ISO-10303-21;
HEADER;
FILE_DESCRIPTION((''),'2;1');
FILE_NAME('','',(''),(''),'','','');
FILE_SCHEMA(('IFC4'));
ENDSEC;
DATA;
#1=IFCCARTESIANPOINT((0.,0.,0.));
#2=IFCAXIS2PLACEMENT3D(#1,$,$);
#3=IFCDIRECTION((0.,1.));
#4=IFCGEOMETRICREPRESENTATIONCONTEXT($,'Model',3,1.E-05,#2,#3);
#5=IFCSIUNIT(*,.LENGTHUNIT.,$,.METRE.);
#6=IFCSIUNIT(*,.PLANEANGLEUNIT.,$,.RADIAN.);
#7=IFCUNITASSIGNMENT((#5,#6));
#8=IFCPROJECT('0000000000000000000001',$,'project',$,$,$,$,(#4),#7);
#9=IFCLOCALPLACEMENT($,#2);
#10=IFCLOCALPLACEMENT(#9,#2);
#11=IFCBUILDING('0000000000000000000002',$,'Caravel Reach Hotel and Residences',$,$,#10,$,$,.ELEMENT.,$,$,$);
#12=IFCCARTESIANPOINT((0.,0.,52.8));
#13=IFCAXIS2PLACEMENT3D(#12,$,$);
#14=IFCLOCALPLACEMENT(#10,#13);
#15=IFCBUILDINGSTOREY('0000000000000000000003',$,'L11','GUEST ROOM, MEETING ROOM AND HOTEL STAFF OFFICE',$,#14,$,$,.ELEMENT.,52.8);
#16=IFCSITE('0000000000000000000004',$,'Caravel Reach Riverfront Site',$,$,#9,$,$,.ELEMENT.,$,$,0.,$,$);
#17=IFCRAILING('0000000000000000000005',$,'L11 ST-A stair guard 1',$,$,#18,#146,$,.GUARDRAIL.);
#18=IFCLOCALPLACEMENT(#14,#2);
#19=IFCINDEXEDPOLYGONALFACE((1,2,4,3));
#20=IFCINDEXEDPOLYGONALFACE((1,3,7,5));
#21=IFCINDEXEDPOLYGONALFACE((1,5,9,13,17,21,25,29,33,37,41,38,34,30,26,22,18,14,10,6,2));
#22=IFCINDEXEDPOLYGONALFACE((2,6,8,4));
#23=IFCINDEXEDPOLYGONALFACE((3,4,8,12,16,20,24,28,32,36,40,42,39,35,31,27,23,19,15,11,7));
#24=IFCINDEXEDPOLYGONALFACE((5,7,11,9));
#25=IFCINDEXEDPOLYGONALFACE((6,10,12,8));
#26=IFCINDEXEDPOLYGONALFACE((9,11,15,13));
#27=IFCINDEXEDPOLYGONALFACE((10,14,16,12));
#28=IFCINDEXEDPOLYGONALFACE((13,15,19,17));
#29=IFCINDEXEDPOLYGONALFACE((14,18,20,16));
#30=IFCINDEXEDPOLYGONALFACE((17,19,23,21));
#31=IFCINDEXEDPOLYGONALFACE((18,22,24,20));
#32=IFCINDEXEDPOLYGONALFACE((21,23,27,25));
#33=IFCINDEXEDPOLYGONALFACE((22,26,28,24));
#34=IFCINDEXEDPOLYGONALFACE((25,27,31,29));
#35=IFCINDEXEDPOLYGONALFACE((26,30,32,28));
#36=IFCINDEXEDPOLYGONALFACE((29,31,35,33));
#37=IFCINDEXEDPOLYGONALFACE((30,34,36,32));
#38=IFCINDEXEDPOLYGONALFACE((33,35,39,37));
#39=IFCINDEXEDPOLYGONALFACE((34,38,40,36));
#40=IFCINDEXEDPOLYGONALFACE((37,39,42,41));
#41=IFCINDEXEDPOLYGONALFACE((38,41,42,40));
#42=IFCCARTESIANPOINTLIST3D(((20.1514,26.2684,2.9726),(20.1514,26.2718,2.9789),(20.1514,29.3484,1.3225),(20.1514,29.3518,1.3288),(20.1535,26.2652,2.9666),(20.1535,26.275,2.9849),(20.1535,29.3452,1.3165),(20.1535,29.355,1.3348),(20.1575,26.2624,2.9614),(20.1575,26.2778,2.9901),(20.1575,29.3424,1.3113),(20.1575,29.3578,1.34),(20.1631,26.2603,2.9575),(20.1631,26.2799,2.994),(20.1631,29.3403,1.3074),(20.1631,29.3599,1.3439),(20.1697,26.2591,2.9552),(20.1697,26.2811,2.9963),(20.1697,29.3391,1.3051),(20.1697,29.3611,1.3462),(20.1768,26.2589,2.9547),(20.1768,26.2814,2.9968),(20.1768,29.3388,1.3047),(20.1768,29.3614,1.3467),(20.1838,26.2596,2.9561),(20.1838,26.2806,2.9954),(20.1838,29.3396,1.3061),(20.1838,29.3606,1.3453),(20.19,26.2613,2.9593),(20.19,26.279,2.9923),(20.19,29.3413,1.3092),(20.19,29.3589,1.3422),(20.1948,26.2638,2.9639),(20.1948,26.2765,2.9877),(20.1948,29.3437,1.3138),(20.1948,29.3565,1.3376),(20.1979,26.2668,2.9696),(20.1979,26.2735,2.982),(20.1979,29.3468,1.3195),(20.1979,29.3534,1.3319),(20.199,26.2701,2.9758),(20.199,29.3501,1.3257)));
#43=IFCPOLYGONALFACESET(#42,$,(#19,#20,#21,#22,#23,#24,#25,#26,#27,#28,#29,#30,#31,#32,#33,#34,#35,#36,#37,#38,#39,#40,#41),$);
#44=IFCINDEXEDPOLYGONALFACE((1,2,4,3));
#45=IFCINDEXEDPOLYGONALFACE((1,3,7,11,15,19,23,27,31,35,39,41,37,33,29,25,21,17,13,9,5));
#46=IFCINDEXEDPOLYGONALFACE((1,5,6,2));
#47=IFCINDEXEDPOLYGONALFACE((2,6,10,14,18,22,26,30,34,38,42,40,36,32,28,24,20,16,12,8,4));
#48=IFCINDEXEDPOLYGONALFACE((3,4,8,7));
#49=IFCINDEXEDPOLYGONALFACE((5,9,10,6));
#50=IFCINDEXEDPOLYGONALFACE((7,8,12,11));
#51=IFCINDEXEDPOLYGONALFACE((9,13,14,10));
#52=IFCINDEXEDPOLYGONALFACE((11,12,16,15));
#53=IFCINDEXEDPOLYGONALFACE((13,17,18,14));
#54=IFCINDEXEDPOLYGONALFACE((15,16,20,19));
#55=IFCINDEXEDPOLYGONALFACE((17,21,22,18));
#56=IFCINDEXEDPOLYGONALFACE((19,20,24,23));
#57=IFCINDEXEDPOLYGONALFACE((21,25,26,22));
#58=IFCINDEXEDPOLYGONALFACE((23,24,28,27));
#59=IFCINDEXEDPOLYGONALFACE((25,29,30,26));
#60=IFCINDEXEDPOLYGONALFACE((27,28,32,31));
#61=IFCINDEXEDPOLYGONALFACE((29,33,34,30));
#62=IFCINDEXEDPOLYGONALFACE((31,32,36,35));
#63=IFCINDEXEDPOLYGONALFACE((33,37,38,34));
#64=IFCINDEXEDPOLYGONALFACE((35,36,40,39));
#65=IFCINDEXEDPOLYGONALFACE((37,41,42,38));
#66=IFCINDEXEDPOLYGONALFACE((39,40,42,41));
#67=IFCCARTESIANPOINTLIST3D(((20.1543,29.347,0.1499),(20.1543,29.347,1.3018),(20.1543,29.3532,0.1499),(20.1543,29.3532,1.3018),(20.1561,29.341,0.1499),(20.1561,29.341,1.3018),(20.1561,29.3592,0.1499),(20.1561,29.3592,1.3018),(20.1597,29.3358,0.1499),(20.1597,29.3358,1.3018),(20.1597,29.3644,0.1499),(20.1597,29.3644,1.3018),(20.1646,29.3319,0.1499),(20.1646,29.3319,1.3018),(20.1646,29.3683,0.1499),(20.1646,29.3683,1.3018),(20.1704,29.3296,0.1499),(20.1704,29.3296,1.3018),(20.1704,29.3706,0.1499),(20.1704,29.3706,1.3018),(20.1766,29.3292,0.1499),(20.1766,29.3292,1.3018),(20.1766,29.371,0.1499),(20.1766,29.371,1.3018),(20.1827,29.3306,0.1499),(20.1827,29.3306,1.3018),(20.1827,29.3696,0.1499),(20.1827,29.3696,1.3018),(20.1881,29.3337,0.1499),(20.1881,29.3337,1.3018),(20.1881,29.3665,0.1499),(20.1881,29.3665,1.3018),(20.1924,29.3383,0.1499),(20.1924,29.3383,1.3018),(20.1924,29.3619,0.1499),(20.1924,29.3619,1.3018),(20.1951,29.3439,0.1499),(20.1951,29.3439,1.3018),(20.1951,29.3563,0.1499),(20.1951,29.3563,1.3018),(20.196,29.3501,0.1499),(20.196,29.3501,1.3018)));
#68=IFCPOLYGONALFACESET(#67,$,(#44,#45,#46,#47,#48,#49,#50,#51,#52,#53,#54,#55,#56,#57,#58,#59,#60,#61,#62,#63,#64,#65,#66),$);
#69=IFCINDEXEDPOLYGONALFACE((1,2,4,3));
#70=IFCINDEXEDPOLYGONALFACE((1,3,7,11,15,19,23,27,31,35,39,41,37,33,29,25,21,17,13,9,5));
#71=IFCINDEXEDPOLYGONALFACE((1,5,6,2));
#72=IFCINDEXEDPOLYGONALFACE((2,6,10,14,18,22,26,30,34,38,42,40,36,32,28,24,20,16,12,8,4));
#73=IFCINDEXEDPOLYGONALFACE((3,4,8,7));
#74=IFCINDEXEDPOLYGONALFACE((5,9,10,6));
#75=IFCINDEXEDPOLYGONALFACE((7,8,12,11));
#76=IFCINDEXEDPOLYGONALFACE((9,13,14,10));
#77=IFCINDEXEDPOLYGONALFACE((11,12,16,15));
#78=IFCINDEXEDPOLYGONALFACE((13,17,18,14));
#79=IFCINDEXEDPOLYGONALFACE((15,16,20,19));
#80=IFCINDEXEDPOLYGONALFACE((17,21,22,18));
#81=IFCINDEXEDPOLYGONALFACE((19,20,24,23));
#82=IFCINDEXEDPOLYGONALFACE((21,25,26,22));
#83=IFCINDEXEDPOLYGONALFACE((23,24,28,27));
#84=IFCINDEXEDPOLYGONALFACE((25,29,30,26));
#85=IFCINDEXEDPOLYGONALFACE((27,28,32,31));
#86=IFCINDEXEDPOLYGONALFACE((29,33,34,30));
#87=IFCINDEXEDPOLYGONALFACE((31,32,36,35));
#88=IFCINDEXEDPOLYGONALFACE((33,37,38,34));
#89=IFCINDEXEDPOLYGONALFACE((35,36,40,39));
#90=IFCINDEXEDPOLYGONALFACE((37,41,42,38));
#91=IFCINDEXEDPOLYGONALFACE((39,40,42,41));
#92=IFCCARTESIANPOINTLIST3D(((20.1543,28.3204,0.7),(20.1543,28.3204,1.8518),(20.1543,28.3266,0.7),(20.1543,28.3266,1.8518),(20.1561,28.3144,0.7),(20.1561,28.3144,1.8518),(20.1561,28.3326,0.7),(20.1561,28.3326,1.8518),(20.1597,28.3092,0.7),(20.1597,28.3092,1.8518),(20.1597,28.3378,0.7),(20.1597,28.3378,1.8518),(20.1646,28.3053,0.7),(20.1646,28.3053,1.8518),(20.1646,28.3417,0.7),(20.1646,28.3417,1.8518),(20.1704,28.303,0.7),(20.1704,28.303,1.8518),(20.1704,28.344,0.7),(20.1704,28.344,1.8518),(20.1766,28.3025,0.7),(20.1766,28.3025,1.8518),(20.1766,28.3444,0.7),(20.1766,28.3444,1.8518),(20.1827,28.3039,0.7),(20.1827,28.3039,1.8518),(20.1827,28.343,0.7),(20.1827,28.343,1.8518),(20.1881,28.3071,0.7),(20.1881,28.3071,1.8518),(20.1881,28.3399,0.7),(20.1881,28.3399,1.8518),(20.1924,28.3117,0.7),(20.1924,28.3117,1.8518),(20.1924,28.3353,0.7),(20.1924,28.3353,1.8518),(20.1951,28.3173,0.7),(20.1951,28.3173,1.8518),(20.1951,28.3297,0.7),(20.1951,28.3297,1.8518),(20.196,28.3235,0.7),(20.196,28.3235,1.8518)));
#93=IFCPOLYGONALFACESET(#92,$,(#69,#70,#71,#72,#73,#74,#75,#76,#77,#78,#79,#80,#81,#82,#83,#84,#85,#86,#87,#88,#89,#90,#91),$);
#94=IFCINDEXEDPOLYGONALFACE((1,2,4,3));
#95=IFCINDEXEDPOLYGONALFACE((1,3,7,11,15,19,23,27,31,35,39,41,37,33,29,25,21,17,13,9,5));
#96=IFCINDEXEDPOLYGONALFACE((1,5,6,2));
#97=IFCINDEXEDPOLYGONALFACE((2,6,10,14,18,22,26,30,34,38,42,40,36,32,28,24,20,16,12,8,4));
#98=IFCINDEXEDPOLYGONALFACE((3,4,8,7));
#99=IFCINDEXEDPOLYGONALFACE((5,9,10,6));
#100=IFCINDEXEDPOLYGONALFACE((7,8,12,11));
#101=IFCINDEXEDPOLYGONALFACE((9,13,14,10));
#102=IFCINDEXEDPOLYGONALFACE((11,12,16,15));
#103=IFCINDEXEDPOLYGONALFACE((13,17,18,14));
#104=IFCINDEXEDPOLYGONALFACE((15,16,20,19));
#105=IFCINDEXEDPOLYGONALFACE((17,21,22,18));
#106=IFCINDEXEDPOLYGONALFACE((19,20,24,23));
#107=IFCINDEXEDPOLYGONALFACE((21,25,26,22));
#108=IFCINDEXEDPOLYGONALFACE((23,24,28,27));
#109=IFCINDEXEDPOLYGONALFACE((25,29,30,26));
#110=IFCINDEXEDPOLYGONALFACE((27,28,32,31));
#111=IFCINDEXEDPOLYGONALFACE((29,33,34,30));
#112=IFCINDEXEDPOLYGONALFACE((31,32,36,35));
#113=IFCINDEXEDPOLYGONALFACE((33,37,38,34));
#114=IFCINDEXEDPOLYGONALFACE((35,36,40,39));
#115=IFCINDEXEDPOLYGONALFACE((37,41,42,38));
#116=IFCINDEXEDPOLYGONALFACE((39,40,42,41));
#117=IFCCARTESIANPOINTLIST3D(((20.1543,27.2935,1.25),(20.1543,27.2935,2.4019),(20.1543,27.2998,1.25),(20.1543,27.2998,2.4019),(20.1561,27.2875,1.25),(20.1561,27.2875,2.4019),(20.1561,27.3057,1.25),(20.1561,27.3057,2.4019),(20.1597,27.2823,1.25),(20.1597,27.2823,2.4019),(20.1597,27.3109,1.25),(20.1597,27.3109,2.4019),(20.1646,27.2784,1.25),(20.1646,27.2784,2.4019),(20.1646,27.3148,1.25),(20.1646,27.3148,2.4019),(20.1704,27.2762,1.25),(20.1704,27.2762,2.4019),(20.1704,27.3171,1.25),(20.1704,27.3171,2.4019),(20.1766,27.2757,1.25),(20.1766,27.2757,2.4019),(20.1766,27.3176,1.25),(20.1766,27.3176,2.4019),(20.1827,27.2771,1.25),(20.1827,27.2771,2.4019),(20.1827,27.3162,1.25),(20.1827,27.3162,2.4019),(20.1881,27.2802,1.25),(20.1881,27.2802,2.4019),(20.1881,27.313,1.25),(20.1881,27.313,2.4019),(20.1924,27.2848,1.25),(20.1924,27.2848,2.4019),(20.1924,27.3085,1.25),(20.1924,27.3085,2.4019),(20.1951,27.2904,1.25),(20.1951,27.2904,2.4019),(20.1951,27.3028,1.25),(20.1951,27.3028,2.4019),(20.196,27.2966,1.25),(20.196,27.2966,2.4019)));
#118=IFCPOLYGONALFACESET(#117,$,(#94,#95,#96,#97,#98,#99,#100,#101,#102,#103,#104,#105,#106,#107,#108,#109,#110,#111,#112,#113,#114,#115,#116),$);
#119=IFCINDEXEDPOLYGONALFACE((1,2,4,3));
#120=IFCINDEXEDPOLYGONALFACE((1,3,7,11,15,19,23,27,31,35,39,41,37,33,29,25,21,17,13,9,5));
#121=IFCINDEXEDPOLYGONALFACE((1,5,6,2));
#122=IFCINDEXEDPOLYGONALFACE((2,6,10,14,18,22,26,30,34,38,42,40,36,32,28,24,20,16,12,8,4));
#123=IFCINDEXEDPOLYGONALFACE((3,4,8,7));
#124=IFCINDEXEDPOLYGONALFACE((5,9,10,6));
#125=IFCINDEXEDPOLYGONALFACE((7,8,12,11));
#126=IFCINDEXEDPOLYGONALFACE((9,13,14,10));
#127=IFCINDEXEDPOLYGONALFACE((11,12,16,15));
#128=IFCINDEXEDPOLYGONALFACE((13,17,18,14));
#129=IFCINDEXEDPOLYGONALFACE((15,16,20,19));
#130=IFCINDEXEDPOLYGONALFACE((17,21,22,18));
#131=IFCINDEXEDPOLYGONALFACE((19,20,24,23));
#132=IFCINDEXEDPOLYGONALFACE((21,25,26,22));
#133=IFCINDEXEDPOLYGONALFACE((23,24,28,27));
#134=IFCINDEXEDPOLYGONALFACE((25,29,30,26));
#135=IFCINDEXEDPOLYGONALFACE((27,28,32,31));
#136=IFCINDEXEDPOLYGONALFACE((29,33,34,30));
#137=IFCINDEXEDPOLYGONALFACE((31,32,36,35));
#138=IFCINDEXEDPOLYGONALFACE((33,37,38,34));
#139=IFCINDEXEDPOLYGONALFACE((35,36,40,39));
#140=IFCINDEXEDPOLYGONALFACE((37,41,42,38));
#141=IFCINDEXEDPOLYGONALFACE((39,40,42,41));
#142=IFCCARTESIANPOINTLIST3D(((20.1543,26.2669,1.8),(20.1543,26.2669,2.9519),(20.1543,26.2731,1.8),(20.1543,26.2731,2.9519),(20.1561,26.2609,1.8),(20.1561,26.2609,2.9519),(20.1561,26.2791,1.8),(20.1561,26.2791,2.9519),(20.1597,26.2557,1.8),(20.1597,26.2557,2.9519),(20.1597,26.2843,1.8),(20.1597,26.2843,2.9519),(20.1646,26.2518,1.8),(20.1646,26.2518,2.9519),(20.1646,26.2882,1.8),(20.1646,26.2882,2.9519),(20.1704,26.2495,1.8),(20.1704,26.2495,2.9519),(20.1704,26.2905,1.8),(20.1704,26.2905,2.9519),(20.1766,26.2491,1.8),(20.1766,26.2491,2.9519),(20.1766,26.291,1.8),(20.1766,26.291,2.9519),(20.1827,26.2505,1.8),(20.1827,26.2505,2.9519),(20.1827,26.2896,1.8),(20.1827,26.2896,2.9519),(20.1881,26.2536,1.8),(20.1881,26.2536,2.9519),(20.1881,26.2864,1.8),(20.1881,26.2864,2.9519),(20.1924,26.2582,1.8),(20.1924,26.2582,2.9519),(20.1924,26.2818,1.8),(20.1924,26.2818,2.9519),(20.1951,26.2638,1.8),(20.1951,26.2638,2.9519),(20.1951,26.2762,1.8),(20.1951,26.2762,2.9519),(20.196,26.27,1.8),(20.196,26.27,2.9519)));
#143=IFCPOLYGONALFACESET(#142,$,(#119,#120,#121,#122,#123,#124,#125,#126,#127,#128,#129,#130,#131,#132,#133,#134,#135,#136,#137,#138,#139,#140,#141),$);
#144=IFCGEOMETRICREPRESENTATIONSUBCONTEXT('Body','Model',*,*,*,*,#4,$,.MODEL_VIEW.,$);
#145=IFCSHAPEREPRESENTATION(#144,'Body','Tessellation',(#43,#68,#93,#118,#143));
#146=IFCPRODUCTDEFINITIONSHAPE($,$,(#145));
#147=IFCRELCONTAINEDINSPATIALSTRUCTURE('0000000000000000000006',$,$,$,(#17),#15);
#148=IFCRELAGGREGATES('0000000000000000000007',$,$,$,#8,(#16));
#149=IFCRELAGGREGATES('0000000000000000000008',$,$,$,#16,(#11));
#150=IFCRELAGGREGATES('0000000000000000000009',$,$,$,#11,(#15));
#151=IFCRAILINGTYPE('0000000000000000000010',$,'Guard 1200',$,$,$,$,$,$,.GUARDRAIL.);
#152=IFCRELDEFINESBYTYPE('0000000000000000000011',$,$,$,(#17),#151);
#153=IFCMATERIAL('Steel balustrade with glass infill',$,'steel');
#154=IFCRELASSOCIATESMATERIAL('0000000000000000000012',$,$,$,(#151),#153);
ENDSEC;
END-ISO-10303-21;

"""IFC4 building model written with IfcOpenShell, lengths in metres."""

from ifc_helpers import new_model, si_unit, direction, frame, origin, origin_2d, place, context, subcontext, project, spatial, circle, extrude, material, type_object, element, save


model = new_model("IFC4")

# Units and contexts
model_context = context("Model", 3, precision=1e-05, world=origin(), true_north=direction((0.0, 1.0)))
body_context = subcontext(model_context, "Body", "Model", "MODEL_VIEW")
ifc_project = project(units=[si_unit("LENGTHUNIT", "METRE"), si_unit("PLANEANGLEUNIT", "RADIAN")], contexts=[model_context])

# Site, building, storey
site_placement = place(None, origin())
site = spatial("IfcSite", under=ifc_project, at=site_placement, Name="Caravel Reach Riverfront Site", CompositionType="ELEMENT", RefElevation=0.0)
building_placement = place(site_placement, origin())
building = spatial("IfcBuilding", under=site, at=building_placement, Name="Caravel Reach Hotel and Residences", CompositionType="ELEMENT")
storey_placement = place(building_placement, frame((0.0, 0.0, 52.8)))
storey = spatial("IfcBuildingStorey", under=building, at=storey_placement, Name="L11", Description="GUEST ROOM, MEETING ROOM AND HOTEL STAFF OFFICE", CompositionType="ELEMENT", Elevation=52.8)

# Railing
ifc_material_1 = material(Name="Steel balustrade with glass infill", Category="steel")
railing_type_1 = type_object("IfcRailingType", Name="Guard 1200", PredefinedType="GUARDRAIL", material=ifc_material_1)
railing_1_placement = place(storey_placement, frame((20.175, 29.3501, 0.1499)))
element("IfcRailing", 1, at=railing_1_placement, inside=storey, type_object=railing_type_1, Name="L11 ST-A stair guard 1", PredefinedType="GUARDRAIL", context=body_context, shape_type="SweptSolid", body=[
    extrude(circle(Radius=0.0239, at=origin_2d()), frame((0.0, 0.0, 1.1758), z_axis=(0.0, -0.881468, 0.472245), x_axis=(1.0, 0.0, 0.0)), (0.0, 0.0, 1.0), 3.4941),
    extrude(circle(Radius=0.021, at=origin_2d()), origin(), (0.0, 0.0, 1.0), 1.1519),
    extrude(circle(Radius=0.021, at=origin_2d()), frame((0.0, -1.0266, 0.55)), (0.0, 0.0, 1.0), 1.1519),
    extrude(circle(Radius=0.021, at=origin_2d()), frame((0.0, -2.0535, 1.1001)), (0.0, 0.0, 1.0), 1.1519),
    extrude(circle(Radius=0.021, at=origin_2d()), frame((0.0, -3.0801, 1.6501)), (0.0, 0.0, 1.0), 1.1519),
])

save(model, "model.ifc")
